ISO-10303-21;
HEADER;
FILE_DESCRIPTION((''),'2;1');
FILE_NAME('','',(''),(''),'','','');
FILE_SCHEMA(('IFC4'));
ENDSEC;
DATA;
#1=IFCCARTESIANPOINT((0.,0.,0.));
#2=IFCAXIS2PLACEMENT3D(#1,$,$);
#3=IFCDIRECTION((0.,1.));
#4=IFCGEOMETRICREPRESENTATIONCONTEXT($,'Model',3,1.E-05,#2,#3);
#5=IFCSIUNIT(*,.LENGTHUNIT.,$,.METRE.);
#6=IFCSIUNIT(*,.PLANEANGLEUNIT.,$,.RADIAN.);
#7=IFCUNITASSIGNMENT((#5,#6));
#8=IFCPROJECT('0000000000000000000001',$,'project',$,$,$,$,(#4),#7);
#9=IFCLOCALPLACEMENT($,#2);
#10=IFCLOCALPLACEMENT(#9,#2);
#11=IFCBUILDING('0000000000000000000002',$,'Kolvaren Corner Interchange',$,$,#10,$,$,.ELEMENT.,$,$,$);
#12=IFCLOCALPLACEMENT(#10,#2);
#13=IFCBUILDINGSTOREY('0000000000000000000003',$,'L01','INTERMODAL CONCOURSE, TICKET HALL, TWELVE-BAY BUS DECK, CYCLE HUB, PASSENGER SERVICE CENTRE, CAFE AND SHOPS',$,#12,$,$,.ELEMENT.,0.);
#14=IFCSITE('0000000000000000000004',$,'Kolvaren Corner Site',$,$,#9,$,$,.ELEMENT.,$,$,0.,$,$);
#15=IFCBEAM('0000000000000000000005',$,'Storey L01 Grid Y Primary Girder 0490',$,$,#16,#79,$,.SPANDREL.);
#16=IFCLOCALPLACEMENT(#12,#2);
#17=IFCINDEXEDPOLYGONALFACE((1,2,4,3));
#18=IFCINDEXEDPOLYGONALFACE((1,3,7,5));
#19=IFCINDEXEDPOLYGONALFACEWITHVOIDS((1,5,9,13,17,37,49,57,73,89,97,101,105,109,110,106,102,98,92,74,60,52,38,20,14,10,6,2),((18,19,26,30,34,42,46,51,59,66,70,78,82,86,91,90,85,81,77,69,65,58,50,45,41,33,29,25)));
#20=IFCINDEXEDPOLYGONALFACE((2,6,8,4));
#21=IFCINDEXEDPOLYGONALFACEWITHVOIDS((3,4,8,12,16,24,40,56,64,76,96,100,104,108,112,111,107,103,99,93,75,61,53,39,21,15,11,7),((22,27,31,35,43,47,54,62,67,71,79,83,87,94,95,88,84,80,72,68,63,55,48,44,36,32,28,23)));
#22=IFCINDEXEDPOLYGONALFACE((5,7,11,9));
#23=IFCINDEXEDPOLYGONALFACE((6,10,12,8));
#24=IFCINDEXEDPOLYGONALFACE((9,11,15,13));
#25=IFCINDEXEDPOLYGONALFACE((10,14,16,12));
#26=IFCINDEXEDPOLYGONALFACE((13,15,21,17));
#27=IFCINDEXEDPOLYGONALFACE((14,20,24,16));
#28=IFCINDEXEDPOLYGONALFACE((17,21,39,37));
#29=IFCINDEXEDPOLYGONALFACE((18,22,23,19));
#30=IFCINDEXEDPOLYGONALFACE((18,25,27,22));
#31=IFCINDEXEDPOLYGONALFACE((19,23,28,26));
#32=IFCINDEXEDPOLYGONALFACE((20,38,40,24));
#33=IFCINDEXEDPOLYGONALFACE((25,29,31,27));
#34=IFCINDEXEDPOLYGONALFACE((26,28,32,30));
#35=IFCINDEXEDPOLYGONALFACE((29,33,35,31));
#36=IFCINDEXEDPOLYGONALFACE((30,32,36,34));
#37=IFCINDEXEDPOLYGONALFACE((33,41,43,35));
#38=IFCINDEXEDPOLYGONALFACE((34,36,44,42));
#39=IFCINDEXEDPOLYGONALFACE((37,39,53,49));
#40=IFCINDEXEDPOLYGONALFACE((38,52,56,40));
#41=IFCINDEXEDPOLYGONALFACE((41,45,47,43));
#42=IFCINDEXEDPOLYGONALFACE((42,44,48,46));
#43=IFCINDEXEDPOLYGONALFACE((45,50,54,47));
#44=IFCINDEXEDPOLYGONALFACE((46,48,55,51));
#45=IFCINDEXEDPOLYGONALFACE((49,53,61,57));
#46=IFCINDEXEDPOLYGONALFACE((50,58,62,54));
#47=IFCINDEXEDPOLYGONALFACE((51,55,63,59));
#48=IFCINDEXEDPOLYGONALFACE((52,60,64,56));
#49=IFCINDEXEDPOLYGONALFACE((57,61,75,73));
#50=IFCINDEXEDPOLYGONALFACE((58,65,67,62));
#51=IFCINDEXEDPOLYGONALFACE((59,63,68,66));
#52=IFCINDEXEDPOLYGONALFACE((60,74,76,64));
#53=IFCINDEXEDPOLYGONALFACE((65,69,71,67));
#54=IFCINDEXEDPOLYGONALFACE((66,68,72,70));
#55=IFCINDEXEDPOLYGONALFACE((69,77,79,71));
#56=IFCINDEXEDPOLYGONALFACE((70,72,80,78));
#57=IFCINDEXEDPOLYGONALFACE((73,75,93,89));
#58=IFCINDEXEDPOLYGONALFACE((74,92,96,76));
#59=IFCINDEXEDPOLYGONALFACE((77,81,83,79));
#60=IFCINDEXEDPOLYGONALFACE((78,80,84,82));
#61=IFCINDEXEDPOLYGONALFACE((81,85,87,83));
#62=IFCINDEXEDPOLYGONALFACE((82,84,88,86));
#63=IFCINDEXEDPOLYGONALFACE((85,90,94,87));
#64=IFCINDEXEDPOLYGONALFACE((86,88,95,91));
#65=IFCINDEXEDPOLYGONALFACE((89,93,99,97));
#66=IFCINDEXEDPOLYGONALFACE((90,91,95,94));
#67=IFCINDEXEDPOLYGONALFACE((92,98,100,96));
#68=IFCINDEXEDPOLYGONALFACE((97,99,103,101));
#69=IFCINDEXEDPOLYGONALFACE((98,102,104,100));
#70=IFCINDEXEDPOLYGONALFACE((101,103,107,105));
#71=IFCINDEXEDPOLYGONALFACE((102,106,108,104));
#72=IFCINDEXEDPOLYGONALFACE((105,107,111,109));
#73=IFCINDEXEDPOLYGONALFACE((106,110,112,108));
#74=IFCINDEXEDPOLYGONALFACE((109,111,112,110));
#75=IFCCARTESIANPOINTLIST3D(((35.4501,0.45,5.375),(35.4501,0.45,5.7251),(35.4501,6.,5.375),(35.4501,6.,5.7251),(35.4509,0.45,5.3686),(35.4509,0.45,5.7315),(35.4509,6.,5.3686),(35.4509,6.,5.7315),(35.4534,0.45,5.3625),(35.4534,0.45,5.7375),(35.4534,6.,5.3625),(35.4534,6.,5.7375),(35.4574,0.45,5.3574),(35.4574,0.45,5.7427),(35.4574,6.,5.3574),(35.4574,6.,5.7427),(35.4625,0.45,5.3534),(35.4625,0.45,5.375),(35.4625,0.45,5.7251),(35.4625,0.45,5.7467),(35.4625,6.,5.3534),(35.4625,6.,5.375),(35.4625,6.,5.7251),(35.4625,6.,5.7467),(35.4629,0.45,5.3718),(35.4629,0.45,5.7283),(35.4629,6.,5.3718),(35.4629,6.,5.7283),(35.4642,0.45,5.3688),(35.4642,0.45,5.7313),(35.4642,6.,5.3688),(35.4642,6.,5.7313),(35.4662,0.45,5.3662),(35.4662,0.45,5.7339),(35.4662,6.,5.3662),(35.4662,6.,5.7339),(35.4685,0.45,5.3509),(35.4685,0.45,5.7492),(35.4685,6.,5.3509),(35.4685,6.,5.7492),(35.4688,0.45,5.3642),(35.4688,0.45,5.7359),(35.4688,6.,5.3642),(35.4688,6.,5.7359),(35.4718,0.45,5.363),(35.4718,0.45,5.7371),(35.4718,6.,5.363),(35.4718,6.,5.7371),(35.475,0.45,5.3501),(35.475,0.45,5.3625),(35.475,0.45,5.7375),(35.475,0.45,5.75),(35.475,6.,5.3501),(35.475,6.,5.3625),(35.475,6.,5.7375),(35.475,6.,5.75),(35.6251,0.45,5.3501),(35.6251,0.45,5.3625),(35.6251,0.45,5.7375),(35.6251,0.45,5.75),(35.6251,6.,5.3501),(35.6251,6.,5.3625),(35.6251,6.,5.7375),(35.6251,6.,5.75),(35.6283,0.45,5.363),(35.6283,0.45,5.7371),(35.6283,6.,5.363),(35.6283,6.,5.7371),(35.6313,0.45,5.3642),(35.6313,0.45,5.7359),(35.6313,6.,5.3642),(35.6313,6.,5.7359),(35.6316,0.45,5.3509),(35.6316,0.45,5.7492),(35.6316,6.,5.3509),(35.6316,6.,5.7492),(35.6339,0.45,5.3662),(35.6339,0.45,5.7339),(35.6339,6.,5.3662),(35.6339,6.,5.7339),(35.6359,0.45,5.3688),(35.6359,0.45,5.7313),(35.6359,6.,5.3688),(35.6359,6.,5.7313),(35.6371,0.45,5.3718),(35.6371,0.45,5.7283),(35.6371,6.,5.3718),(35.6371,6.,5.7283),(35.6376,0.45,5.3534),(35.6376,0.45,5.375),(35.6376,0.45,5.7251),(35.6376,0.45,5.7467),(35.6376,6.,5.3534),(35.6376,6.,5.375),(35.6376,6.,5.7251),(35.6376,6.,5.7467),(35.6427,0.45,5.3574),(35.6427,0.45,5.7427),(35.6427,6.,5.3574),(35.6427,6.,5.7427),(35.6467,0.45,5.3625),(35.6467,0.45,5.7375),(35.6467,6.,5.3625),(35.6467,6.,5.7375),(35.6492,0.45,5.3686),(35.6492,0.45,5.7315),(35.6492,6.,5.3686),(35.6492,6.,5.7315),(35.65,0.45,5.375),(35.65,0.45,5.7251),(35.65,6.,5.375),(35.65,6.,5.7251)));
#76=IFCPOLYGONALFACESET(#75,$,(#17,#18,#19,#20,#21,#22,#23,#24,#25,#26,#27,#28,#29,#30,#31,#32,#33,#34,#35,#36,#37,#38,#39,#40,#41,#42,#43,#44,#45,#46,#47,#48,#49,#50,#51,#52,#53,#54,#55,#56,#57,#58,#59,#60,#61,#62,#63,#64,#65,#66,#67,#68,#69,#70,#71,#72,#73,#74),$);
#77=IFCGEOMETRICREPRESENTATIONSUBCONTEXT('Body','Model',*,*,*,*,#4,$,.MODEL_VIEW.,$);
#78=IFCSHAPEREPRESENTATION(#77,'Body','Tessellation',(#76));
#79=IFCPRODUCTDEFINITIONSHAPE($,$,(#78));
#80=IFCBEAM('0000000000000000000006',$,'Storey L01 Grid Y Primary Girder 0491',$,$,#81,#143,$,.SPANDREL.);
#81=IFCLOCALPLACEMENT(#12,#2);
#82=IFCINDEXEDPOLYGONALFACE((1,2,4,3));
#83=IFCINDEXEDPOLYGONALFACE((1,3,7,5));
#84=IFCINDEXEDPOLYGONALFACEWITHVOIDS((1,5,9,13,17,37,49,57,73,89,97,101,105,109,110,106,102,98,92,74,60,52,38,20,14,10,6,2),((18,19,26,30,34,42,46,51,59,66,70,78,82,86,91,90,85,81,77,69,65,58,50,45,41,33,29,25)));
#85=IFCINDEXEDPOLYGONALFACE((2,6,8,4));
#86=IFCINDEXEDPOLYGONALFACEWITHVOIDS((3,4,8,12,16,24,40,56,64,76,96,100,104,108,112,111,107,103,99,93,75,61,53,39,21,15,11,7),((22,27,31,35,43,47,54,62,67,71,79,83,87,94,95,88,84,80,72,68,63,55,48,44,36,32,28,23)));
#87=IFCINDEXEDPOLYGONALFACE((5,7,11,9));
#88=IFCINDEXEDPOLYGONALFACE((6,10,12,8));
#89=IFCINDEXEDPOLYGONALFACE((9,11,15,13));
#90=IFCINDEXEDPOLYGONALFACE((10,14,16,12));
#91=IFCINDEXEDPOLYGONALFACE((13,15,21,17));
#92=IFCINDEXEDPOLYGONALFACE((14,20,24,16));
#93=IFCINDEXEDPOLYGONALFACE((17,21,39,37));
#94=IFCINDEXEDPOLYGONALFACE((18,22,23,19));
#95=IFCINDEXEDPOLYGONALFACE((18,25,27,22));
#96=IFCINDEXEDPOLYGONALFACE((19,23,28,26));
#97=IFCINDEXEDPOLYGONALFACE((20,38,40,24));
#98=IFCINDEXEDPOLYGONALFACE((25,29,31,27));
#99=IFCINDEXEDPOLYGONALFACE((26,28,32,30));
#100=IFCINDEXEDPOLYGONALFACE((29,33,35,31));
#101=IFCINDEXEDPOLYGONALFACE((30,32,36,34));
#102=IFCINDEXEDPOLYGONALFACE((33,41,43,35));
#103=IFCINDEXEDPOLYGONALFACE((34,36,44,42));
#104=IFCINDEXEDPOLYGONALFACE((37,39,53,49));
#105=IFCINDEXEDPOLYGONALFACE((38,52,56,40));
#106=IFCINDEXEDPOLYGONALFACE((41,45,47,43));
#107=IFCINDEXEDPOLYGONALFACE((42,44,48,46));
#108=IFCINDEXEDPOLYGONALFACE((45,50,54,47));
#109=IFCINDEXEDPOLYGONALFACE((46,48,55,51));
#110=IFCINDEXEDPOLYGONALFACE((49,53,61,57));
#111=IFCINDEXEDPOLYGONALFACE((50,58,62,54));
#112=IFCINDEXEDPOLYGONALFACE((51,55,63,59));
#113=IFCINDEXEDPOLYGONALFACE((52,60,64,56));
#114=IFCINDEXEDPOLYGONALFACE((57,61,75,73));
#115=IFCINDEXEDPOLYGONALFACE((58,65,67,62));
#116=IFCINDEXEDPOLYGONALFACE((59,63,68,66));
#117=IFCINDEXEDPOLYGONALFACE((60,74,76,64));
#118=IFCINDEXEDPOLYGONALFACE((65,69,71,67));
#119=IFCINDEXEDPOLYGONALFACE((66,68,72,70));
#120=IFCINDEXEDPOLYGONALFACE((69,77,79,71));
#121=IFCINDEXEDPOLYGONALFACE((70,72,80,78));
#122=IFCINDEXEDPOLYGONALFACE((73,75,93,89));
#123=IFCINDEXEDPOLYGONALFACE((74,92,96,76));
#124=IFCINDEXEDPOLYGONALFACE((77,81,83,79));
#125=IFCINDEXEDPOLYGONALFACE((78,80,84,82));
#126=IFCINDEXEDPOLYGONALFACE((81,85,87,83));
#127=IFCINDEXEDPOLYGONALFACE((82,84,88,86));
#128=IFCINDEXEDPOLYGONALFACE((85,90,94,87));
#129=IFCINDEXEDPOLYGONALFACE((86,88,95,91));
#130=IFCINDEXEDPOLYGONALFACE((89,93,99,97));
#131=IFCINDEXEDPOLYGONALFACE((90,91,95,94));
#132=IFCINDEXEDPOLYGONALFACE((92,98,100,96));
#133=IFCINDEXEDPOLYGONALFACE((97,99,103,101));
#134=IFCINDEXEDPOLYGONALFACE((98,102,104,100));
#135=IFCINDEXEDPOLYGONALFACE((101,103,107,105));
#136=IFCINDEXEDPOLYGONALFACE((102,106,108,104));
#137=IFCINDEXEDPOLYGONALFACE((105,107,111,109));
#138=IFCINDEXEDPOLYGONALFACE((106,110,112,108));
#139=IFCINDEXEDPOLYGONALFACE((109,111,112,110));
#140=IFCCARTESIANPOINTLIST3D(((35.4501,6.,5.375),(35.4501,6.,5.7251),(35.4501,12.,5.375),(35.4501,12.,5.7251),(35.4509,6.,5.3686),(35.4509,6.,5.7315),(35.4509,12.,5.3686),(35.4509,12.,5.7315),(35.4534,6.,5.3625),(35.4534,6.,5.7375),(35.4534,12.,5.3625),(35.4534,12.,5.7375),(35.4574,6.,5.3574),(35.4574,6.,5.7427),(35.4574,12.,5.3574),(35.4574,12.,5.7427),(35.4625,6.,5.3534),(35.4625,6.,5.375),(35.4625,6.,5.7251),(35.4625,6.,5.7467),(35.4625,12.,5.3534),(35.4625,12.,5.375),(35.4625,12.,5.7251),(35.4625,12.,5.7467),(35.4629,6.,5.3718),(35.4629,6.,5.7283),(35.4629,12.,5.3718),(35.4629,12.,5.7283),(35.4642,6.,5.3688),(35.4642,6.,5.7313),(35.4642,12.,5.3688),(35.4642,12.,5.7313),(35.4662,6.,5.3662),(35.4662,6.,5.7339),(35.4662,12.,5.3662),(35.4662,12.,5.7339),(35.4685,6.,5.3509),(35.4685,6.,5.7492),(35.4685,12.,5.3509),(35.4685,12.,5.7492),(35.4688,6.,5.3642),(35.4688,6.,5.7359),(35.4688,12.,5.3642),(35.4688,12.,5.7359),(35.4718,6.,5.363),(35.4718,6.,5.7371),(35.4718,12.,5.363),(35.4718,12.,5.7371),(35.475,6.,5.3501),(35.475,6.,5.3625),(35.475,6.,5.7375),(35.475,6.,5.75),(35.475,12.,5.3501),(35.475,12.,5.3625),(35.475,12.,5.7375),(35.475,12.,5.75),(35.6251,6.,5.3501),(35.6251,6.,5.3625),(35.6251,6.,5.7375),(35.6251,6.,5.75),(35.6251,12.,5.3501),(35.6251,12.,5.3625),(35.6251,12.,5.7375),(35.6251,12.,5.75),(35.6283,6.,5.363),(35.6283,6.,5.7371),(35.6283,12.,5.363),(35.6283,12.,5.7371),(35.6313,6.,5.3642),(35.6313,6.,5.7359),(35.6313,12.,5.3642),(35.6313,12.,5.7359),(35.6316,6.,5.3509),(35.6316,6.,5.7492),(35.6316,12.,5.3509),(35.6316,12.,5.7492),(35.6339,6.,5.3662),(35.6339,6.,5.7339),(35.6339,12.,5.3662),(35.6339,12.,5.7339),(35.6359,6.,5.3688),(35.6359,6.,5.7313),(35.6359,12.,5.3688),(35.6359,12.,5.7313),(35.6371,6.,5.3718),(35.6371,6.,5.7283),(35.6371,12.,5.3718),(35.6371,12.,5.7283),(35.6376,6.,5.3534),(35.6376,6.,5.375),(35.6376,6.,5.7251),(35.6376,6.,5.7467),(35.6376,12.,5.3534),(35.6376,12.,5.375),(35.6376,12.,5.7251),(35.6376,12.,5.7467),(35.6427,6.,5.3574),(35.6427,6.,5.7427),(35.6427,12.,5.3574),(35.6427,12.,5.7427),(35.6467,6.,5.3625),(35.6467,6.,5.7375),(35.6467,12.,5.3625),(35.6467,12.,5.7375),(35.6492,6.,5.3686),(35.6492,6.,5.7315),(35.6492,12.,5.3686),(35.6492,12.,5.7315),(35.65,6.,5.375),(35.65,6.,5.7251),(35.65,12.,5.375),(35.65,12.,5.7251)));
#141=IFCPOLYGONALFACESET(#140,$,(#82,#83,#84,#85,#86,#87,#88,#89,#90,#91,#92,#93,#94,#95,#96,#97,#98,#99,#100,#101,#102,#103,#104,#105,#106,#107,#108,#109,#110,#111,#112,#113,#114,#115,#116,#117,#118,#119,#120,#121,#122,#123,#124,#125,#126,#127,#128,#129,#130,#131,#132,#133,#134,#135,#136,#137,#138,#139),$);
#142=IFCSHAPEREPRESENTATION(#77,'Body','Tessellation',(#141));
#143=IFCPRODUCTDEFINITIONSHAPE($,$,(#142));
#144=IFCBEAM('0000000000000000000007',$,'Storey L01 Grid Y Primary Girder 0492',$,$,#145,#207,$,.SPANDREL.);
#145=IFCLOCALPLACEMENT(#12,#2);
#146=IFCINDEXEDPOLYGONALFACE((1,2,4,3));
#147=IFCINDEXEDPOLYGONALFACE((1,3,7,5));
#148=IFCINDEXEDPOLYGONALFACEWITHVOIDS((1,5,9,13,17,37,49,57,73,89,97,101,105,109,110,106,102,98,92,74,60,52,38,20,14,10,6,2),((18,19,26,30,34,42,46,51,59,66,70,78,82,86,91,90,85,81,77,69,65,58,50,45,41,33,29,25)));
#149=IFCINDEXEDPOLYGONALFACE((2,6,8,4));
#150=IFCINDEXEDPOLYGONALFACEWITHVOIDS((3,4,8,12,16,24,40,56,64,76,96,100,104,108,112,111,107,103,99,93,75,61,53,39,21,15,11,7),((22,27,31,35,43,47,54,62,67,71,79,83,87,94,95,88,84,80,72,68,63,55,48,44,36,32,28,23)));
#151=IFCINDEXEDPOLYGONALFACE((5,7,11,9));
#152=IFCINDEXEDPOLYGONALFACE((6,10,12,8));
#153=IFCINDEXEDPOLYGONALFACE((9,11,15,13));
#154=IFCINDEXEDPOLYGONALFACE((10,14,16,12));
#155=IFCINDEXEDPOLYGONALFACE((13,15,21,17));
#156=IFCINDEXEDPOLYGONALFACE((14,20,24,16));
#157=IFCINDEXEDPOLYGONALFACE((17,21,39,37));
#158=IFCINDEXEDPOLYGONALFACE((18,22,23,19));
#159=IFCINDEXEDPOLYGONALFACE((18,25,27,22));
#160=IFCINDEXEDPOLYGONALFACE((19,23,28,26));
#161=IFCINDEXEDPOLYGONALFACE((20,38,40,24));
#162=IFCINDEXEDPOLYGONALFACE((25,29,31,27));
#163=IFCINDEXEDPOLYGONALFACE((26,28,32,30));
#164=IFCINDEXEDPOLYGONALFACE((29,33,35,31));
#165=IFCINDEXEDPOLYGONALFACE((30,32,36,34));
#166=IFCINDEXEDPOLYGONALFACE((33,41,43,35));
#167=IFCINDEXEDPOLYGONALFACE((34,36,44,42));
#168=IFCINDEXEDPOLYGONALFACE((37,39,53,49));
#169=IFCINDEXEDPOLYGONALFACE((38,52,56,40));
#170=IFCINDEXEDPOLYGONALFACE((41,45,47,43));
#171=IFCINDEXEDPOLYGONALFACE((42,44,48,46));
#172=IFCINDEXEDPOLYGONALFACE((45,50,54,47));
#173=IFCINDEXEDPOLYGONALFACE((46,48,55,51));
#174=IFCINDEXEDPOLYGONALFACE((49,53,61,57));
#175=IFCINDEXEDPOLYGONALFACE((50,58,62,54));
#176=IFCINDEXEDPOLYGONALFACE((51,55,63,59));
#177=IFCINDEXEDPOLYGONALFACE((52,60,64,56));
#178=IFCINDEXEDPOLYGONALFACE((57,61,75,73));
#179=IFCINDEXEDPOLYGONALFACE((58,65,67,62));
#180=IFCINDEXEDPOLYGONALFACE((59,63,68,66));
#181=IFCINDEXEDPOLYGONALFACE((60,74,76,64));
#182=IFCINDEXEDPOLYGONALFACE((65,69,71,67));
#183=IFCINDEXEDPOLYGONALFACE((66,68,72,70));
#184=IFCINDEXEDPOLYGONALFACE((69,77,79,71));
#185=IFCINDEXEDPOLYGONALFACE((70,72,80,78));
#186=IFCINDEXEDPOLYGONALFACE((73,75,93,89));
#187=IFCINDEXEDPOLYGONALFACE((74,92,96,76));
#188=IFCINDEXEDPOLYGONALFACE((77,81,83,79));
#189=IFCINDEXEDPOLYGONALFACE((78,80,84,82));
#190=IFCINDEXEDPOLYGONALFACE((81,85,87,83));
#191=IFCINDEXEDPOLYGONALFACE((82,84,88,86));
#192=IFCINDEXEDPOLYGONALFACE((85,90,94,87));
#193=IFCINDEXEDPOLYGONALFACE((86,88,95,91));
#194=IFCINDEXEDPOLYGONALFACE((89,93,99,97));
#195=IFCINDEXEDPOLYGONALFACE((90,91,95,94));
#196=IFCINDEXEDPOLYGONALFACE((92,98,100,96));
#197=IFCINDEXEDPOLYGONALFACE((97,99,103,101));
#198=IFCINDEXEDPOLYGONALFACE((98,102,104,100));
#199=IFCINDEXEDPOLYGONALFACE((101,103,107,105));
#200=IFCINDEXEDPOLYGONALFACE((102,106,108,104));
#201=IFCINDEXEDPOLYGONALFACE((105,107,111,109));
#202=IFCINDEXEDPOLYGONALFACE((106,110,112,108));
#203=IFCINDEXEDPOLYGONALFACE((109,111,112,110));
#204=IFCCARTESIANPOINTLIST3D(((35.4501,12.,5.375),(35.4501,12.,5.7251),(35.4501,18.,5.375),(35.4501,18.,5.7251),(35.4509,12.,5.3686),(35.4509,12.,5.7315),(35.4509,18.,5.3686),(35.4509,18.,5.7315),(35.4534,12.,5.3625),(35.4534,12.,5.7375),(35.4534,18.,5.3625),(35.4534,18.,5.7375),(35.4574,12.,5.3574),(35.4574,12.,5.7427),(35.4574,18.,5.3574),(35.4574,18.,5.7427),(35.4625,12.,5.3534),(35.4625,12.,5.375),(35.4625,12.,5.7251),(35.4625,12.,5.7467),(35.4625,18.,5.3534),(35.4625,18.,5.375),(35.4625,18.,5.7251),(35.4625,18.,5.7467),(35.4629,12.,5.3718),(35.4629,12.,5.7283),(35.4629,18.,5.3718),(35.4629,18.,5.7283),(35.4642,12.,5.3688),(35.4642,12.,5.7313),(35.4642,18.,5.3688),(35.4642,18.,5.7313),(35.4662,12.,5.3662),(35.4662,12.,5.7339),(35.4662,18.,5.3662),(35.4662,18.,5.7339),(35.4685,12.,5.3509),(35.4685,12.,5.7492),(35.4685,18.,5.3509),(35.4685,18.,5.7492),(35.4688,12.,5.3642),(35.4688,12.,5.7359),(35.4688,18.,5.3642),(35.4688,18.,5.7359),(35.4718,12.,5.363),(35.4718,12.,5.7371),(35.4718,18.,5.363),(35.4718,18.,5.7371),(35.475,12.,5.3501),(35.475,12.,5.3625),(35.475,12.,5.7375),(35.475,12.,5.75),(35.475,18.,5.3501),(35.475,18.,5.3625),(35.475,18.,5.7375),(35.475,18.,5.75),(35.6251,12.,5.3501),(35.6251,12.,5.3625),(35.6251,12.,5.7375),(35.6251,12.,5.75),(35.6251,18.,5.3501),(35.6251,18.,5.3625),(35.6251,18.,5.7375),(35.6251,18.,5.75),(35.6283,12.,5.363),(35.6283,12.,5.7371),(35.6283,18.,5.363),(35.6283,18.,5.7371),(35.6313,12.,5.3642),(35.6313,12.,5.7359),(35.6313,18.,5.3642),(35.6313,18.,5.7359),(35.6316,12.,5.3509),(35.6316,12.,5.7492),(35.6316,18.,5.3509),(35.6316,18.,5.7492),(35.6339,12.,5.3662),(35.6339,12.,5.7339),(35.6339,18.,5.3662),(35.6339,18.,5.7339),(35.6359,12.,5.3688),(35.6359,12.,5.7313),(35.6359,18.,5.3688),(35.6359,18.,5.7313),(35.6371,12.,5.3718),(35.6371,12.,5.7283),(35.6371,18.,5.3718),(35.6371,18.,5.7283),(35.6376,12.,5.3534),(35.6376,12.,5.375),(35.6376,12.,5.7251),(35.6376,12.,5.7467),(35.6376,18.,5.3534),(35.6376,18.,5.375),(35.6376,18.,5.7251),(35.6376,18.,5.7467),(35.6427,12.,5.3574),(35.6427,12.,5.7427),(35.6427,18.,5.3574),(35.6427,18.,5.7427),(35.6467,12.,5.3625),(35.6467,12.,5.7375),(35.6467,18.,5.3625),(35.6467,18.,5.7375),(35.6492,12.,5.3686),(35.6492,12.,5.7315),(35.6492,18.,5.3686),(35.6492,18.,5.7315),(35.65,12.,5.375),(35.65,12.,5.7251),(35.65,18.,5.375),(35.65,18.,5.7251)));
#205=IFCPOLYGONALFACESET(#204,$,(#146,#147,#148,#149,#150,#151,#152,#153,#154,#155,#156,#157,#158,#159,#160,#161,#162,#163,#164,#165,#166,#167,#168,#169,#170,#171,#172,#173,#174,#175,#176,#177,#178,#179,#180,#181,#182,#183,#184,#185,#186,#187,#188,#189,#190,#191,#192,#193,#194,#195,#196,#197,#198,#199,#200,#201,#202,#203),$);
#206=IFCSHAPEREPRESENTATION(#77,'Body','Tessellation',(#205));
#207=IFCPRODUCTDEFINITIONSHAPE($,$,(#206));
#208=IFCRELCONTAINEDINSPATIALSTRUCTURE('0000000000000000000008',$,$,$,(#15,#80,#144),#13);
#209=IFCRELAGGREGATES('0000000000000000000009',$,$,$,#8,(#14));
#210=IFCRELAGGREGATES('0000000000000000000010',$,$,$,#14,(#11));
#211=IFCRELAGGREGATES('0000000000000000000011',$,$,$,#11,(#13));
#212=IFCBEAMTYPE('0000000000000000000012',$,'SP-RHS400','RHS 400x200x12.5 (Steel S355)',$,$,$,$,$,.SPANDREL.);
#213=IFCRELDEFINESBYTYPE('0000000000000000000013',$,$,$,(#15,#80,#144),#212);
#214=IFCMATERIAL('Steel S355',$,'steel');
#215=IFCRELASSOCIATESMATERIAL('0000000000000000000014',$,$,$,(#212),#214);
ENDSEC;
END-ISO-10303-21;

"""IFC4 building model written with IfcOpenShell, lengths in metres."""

from ifc_helpers import new_model, si_unit, direction, frame, origin, origin_2d, place, context, subcontext, project, spatial, hollow_rectangle, extrude, material, material_profile, profile_set, type_object, element, save


model = new_model("IFC4")

# Units and contexts
model_context = context("Model", 3, precision=1e-05, world=origin(), true_north=direction((0.0, 1.0)))
body_context = subcontext(model_context, "Body", "Model", "MODEL_VIEW")
ifc_project = project(units=[si_unit("LENGTHUNIT", "METRE"), si_unit("PLANEANGLEUNIT", "RADIAN")], contexts=[model_context])

# Site, building, storey
site_placement = place(None, origin())
site = spatial("IfcSite", under=ifc_project, at=site_placement, Name="Kolvaren Corner Site", CompositionType="ELEMENT", RefElevation=0.0)
building_placement = place(site_placement, origin())
building = spatial("IfcBuilding", under=site, at=building_placement, Name="Kolvaren Corner Interchange", CompositionType="ELEMENT")
storey_placement = place(building_placement, origin())
storey = spatial("IfcBuildingStorey", under=building, at=storey_placement, Name="L01", Description="INTERMODAL CONCOURSE, TICKET HALL, TWELVE-BAY BUS DECK, CYCLE HUB, PASSENGER SERVICE CENTRE, CAFE AND SHOPS", CompositionType="ELEMENT", Elevation=0.0)

# Beams
ifc_material_1 = material(Name="Steel S355", Category="steel")
ifc_material_profile_1 = material_profile(ifc_material_1, hollow_rectangle(XDim=0.2, YDim=0.3999, WallThickness=0.0125, InnerFilletRadius=0.0125, OuterFilletRadius=0.0249, at=origin_2d()), Name="RHS 400x200x12.5")
ifc_profile_set_1 = profile_set([ifc_material_profile_1], Name="Steel S355")
beam_type_1 = type_object("IfcBeamType", Name="SP-RHS400", Description="RHS 400x200x12.5 (Steel S355)", PredefinedType="SPANDREL", material=ifc_profile_set_1)
beam_1_placement = place(storey_placement, frame((35.55, 0.45, 5.55), z_axis=(0.0, 1.0, 0.0), x_axis=(-1.0, 0.0, 0.0)))
element("IfcBeam", 1, at=beam_1_placement, inside=storey, type_object=beam_type_1, Name="Storey L01 Grid Y Primary Girder 0490", PredefinedType="SPANDREL", context=body_context, shape_type="SweptSolid", body=[
    extrude(hollow_rectangle(XDim=0.2, YDim=0.3999, WallThickness=0.0125, InnerFilletRadius=0.0125, OuterFilletRadius=0.0249, at=origin_2d()), origin(), (0.0, 0.0, 1.0), 5.55),
])
for number, where, z_axis, x_axis, name in (
    (2, (35.55, 6.0, 5.55), (0.0, 1.0, 0.0), (-1.0, 0.0, 0.0), "Storey L01 Grid Y Primary Girder 0491"),
    (3, (35.55, 12.0, 5.55), (0.0, 1.0, 0.0), (-1.0, 0.0, 0.0), "Storey L01 Grid Y Primary Girder 0492"),
):
    element("IfcBeam", number, at=place(storey_placement, frame(where, z_axis=z_axis, x_axis=x_axis)), inside=storey, type_object=beam_type_1, Name=name, PredefinedType="SPANDREL", context=body_context, shape_type="SweptSolid", body=[
        extrude(hollow_rectangle(XDim=0.2, YDim=0.3999, WallThickness=0.0125, InnerFilletRadius=0.0125, OuterFilletRadius=0.0249, at=origin_2d()), origin(), (0.0, 0.0, 1.0), 6.0),
    ])

save(model, "model.ifc")
